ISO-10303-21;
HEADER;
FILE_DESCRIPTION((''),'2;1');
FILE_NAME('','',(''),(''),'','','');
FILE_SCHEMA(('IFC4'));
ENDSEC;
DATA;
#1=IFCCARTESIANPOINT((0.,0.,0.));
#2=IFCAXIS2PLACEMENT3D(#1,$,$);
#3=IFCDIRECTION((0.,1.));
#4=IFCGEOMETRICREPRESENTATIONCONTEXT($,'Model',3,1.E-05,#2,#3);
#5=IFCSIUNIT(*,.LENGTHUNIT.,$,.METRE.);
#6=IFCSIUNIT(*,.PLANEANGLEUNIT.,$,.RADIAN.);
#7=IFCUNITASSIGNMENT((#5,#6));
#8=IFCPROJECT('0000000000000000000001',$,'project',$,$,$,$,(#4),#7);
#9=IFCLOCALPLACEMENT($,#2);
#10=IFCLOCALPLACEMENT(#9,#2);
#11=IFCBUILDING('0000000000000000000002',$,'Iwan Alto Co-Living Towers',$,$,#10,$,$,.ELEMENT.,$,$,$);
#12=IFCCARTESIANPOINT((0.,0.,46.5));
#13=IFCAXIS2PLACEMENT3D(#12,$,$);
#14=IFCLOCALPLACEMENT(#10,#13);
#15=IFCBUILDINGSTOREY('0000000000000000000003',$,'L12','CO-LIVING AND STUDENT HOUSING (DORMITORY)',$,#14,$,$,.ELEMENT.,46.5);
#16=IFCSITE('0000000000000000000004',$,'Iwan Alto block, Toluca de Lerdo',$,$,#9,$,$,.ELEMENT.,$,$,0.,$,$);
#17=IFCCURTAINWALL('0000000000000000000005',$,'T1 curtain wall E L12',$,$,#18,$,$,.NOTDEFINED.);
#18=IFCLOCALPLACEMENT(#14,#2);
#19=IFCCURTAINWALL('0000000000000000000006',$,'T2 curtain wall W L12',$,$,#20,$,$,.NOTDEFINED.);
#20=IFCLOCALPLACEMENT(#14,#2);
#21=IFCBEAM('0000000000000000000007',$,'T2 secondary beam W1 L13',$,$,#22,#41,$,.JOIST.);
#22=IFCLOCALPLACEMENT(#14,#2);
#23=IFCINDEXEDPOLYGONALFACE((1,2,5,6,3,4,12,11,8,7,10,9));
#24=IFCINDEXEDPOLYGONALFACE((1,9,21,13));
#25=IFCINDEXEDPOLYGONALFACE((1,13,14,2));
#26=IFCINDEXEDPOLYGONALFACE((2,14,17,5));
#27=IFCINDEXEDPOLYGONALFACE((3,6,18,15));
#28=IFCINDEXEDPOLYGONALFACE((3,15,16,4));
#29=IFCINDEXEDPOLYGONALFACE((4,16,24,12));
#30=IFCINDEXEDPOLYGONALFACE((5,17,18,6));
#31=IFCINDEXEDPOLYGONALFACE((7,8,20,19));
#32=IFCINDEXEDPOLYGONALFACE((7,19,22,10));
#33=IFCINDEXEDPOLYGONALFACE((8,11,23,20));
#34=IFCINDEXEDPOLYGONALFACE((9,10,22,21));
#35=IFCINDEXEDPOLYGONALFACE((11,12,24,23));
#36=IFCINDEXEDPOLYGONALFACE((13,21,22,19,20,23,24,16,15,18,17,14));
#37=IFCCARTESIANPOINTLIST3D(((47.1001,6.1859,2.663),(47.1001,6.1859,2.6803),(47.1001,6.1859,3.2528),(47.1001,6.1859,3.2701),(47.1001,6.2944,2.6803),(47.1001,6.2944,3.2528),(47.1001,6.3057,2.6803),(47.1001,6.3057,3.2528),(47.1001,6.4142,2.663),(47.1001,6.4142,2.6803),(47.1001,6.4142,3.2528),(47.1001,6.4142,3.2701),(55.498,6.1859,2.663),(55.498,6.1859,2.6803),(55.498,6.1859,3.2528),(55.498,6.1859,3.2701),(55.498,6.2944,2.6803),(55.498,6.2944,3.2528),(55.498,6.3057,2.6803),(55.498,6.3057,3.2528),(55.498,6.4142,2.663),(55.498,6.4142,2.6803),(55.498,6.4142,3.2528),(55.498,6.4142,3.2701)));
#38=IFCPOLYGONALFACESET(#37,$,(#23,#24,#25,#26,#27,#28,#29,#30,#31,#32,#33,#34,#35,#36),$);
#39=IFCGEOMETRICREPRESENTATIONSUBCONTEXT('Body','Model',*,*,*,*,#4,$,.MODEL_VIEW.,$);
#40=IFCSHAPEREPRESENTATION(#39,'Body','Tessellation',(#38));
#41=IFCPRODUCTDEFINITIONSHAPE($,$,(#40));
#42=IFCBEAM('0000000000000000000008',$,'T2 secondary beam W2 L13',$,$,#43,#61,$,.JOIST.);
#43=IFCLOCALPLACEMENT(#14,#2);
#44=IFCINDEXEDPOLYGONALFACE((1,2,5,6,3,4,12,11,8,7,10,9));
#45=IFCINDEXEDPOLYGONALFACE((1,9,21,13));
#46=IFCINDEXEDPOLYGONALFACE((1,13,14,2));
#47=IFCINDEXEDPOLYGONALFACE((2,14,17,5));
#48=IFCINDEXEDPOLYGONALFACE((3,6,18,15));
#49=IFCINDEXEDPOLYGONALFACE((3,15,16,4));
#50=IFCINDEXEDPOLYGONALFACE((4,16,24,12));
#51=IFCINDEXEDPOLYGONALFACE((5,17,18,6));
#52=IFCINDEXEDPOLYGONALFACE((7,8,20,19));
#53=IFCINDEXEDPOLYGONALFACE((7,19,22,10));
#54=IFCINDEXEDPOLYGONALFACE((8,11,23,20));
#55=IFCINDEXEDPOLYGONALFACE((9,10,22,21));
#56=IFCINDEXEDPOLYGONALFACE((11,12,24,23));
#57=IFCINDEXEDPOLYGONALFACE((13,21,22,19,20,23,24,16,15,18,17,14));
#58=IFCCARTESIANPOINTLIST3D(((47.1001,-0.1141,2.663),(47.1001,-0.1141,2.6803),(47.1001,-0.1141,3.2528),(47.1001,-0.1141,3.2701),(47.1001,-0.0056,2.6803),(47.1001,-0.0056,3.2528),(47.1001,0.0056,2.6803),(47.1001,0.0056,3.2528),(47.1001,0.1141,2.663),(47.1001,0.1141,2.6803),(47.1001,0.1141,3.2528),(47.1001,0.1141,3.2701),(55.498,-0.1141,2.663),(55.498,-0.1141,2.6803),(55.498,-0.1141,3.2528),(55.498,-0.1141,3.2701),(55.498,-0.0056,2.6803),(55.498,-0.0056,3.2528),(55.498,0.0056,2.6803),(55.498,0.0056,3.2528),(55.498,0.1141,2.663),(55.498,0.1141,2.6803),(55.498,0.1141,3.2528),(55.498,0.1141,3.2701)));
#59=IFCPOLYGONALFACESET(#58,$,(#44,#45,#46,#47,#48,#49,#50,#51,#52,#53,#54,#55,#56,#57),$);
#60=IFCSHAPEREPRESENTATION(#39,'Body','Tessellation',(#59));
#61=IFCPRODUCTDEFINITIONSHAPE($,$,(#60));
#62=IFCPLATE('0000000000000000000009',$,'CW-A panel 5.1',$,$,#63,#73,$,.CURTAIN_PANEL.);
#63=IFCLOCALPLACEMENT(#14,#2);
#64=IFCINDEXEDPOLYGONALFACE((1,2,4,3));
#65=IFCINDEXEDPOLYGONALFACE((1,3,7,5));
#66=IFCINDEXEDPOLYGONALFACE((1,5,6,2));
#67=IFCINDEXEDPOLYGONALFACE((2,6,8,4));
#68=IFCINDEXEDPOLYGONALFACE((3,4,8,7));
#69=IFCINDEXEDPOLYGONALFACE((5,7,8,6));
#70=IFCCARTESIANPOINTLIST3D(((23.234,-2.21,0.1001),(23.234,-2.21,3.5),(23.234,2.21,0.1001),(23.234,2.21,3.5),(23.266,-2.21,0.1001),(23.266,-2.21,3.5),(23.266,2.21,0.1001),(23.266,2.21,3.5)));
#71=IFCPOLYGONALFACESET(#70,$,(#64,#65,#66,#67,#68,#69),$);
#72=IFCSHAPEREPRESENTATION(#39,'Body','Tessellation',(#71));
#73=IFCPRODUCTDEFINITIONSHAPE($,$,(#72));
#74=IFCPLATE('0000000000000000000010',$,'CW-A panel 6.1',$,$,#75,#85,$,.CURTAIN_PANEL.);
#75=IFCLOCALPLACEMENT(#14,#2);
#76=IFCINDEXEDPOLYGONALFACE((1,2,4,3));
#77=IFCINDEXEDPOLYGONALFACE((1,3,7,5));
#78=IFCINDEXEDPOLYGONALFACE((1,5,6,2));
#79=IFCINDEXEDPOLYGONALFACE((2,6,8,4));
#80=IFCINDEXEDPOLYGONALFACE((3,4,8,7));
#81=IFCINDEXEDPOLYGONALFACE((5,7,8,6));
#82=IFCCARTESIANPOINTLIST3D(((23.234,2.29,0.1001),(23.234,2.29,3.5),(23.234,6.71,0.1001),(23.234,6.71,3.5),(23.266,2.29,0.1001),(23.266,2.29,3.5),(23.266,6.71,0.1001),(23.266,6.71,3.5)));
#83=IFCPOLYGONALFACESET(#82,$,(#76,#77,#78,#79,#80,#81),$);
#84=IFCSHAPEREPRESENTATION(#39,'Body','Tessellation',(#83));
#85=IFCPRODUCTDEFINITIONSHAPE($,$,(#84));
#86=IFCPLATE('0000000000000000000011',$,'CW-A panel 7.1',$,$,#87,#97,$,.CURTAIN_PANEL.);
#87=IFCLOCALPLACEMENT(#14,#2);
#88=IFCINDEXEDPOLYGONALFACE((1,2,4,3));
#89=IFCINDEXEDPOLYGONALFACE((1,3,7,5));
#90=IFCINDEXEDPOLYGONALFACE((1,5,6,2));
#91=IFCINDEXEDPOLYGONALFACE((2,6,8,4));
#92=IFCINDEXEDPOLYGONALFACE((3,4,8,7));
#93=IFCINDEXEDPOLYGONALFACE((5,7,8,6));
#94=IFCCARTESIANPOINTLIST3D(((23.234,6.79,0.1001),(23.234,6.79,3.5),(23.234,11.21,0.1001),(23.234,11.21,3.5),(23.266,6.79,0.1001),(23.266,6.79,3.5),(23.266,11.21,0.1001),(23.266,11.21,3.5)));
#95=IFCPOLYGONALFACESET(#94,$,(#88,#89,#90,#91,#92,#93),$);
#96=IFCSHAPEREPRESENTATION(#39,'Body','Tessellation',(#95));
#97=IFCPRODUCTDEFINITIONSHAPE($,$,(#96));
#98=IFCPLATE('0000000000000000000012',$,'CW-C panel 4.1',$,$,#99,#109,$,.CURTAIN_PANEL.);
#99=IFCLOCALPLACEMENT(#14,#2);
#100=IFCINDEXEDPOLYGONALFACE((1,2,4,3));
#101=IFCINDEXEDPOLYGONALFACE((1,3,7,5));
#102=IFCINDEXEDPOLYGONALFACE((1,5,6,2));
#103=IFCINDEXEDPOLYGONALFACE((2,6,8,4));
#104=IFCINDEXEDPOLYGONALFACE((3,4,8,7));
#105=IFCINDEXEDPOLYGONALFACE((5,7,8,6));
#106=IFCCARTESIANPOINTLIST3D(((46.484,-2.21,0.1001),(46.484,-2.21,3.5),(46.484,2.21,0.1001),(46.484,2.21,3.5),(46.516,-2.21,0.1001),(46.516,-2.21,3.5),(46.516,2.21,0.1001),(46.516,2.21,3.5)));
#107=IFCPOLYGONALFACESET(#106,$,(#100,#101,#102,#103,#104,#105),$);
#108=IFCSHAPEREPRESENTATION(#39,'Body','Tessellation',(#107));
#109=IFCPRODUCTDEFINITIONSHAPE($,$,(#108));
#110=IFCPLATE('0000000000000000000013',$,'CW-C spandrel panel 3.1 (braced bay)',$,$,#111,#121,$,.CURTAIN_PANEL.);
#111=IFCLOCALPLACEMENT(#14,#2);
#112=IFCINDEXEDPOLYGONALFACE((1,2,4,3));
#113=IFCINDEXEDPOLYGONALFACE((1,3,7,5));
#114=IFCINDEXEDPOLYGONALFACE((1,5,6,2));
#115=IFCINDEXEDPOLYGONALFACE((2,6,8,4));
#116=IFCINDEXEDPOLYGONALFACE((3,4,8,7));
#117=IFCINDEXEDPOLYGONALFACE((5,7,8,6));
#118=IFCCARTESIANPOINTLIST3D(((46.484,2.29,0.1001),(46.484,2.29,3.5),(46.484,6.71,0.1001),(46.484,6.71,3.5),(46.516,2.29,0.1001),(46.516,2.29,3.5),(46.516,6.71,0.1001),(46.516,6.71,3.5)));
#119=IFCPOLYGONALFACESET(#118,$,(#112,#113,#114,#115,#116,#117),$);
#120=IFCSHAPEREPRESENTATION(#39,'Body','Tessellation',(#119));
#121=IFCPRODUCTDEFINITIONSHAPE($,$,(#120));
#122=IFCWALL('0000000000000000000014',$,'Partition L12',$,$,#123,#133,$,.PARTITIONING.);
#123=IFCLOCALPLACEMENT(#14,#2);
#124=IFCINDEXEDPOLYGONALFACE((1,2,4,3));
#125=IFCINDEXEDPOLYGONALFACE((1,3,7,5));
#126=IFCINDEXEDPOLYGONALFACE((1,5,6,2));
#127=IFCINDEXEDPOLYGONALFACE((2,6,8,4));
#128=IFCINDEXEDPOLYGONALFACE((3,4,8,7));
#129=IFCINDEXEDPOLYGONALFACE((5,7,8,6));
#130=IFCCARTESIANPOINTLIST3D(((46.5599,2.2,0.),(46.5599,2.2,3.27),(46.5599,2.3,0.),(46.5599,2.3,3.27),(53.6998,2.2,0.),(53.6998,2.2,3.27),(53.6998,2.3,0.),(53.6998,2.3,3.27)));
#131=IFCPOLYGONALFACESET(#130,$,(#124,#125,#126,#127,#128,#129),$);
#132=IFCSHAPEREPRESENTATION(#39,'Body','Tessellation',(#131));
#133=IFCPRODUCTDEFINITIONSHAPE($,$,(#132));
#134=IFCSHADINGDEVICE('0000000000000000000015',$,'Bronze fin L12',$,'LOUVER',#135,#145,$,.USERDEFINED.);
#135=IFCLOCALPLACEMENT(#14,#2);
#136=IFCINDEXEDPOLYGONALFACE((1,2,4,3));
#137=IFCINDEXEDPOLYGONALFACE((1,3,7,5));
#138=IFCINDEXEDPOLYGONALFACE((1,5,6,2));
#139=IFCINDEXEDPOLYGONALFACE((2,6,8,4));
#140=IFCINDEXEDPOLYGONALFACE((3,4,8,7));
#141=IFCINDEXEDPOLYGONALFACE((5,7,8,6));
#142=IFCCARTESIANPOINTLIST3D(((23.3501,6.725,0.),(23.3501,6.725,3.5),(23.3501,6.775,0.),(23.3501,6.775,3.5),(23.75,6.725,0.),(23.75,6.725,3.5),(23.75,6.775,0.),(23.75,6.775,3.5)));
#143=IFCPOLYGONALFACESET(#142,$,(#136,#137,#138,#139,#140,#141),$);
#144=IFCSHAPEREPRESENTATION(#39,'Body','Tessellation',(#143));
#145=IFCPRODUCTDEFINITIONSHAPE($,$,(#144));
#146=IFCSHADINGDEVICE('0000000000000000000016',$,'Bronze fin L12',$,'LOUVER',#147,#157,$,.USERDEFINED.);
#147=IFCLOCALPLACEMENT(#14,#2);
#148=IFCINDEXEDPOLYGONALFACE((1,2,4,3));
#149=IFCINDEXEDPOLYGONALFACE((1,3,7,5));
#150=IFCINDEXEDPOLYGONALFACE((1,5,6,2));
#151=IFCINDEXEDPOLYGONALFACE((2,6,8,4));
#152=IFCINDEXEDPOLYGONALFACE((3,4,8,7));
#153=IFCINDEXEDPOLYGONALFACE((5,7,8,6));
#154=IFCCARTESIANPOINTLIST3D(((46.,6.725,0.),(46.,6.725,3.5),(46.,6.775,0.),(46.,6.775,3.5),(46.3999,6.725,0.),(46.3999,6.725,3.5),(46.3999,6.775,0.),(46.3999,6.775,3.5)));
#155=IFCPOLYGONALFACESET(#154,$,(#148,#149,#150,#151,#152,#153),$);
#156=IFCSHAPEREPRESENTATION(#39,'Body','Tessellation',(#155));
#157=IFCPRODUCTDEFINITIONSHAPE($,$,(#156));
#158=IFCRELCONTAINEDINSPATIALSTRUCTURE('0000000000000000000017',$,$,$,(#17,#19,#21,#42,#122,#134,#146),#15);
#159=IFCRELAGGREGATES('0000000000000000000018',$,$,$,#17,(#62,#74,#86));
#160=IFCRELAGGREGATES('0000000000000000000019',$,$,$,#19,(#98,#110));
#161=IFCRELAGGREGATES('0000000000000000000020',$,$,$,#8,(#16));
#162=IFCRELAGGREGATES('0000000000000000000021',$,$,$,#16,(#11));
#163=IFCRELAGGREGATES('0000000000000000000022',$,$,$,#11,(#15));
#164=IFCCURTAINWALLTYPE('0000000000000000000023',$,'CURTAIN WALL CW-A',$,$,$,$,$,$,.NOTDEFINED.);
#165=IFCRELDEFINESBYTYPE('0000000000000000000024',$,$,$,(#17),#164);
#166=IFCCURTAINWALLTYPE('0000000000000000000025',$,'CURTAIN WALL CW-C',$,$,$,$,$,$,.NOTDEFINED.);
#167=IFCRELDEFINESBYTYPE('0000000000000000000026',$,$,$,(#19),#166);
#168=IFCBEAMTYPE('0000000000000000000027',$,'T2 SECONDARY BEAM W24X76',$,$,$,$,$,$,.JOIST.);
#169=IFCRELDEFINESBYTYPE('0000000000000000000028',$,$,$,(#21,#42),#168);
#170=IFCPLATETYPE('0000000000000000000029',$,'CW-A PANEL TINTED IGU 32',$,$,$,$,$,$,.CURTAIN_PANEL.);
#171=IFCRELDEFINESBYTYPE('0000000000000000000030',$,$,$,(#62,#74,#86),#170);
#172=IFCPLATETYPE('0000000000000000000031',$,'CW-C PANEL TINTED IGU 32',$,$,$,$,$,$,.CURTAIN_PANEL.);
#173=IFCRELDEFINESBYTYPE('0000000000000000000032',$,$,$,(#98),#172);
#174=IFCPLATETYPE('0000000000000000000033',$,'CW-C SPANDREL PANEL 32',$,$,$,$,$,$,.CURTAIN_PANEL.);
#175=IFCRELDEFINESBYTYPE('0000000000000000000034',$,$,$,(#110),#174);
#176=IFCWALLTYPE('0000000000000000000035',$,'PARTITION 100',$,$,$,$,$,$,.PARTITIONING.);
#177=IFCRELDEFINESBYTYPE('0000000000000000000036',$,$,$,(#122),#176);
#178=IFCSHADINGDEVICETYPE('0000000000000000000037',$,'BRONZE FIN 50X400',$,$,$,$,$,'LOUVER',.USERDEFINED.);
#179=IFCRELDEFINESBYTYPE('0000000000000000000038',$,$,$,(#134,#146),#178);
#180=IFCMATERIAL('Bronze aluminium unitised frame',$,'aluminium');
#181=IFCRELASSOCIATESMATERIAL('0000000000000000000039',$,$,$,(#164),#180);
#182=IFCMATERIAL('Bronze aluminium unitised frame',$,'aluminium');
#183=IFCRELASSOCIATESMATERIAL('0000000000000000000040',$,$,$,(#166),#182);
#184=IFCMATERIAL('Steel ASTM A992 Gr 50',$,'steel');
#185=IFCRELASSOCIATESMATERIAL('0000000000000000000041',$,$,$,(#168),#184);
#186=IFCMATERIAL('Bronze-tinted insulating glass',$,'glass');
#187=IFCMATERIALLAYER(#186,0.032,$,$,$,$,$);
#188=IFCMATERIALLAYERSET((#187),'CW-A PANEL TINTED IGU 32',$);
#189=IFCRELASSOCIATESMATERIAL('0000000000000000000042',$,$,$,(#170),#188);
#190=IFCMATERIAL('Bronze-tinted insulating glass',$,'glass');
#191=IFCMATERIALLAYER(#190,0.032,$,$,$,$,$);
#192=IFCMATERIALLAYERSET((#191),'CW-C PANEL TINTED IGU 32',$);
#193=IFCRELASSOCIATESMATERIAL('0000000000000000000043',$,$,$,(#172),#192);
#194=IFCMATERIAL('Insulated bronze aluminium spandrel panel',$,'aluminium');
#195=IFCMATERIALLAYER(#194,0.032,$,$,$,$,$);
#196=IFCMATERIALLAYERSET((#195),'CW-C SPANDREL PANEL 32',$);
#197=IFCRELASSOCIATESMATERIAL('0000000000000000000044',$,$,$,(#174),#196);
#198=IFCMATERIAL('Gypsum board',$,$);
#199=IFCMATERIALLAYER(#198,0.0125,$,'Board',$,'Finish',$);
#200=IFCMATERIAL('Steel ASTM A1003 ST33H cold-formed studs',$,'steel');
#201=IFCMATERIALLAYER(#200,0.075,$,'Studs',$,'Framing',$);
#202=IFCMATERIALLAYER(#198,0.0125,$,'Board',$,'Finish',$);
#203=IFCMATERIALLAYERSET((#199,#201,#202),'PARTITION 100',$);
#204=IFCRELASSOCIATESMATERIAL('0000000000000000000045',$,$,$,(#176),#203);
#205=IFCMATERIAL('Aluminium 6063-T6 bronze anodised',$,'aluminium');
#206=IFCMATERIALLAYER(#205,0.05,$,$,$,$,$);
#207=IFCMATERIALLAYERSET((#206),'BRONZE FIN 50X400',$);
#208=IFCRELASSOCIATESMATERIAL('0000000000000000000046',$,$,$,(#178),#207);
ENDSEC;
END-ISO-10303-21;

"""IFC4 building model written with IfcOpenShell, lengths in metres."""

from ifc_helpers import new_model, si_unit, direction, frame, frame_2d, origin, origin_2d, place, context, subcontext, project, spatial, rectangle, i_section, extrude, material, layer, layer_set, material_profile, profile_set, type_object, element, aggregate, save


model = new_model("IFC4")

# Units and contexts
model_context = context("Model", 3, precision=1e-05, world=origin(), true_north=direction((0.0, 1.0)))
body_context = subcontext(model_context, "Body", "Model", "MODEL_VIEW")
ifc_project = project(units=[si_unit("LENGTHUNIT", "METRE"), si_unit("PLANEANGLEUNIT", "RADIAN")], contexts=[model_context])

# Site, building, storey
site_placement = place(None, origin())
site = spatial("IfcSite", under=ifc_project, at=site_placement, Name="Iwan Alto block, Toluca de Lerdo", CompositionType="ELEMENT", RefElevation=0.0)
building_placement = place(site_placement, origin())
building = spatial("IfcBuilding", under=site, at=building_placement, Name="Iwan Alto Co-Living Towers", CompositionType="ELEMENT")
storey_placement = place(building_placement, frame((0.0, 0.0, 46.5)))
storey = spatial("IfcBuildingStorey", under=building, at=storey_placement, Name="L12", Description="CO-LIVING AND STUDENT HOUSING (DORMITORY)", CompositionType="ELEMENT", Elevation=46.5)

# Curtain walls
ifc_material_1 = material(Name="Bronze aluminium unitised frame", Category="aluminium")
curtain_wall_type_1 = type_object("IfcCurtainWallType", Name="CURTAIN WALL CW-A", PredefinedType="NOTDEFINED", material=ifc_material_1)
curtain_wall_1_placement = place(storey_placement, origin())
curtain_wall_1 = element("IfcCurtainWall", 1, at=curtain_wall_1_placement, inside=storey, type_object=curtain_wall_type_1, Name="T1 curtain wall E L12", PredefinedType="NOTDEFINED")
ifc_material_2 = material(Name="Bronze aluminium unitised frame", Category="aluminium")
curtain_wall_type_2 = type_object("IfcCurtainWallType", Name="CURTAIN WALL CW-C", PredefinedType="NOTDEFINED", material=ifc_material_2)
curtain_wall_2_placement = place(storey_placement, origin())
curtain_wall_2 = element("IfcCurtainWall", 2, at=curtain_wall_2_placement, inside=storey, type_object=curtain_wall_type_2, Name="T2 curtain wall W L12", PredefinedType="NOTDEFINED")

# Beams
ifc_material_3 = material(Name="Steel ASTM A992 Gr 50", Category="steel")
ifc_material_profile_1 = material_profile(ifc_material_3, i_section(OverallWidth=0.2283, OverallDepth=0.6072, WebThickness=0.0112, FlangeThickness=0.0173, at=origin_2d()), Name="W24X76")
ifc_profile_set_1 = profile_set([ifc_material_profile_1], Name="Steel ASTM A992 Gr 50")
beam_type_1 = type_object("IfcBeamType", Name="T2 SECONDARY BEAM W24X76", PredefinedType="JOIST", material=ifc_profile_set_1)
for number, where, z_axis, x_axis, name in (
    (3, (47.1001, 6.3, 2.9666), (1.0, 0.0, 0.0), (0.0, 1.0, 0.0), "T2 secondary beam W1 L13"),
    (4, (47.1001, 0.0, 2.9666), (1.0, 0.0, 0.0), (0.0, 1.0, 0.0), "T2 secondary beam W2 L13"),
):
    element("IfcBeam", number, at=place(storey_placement, frame(where, z_axis=z_axis, x_axis=x_axis)), inside=storey, type_object=beam_type_1, Name=name, PredefinedType="JOIST", context=body_context, shape_type="SweptSolid", body=[
        extrude(i_section(OverallWidth=0.2283, OverallDepth=0.6072, WebThickness=0.0112, FlangeThickness=0.0173, at=origin_2d()), origin(), (0.0, 0.0, 1.0), 8.3979),
    ])

# Plates
ifc_material_4 = material(Name="Bronze-tinted insulating glass", Category="glass")
ifc_layer_1 = layer(ifc_material_4, 0.032)
ifc_layer_set_1 = layer_set([ifc_layer_1], Name="CW-A PANEL TINTED IGU 32")
plate_type_1 = type_object("IfcPlateType", Name="CW-A PANEL TINTED IGU 32", PredefinedType="CURTAIN_PANEL", material=ifc_layer_set_1)
plate_1_placement = place(storey_placement, frame((23.25, 0.0, 0.1001), z_axis=(0.0, 0.0, 1.0), x_axis=(0.0, 1.0, 0.0)))
plate_1 = element("IfcPlate", 5, at=plate_1_placement, type_object=plate_type_1, Name="CW-A panel 5.1", PredefinedType="CURTAIN_PANEL", context=body_context, shape_type="SweptSolid", body=[
    extrude(rectangle(XDim=4.4199, YDim=0.032, at=origin_2d()), origin(), (0.0, 0.0, 1.0), 3.3999),
])
plate_2_placement = place(storey_placement, frame((23.25, 4.5, 0.1001), z_axis=(0.0, 0.0, 1.0), x_axis=(0.0, 1.0, 0.0)))
plate_2 = element("IfcPlate", 6, at=plate_2_placement, type_object=plate_type_1, Name="CW-A panel 6.1", PredefinedType="CURTAIN_PANEL", context=body_context, shape_type="SweptSolid", body=[
    extrude(rectangle(XDim=4.4199, YDim=0.032, at=origin_2d()), origin(), (0.0, 0.0, 1.0), 3.3999),
])
plate_3_placement = place(storey_placement, frame((23.25, 9.0, 0.1001), z_axis=(0.0, 0.0, 1.0), x_axis=(0.0, 1.0, 0.0)))
plate_3 = element("IfcPlate", 7, at=plate_3_placement, type_object=plate_type_1, Name="CW-A panel 7.1", PredefinedType="CURTAIN_PANEL", context=body_context, shape_type="SweptSolid", body=[
    extrude(rectangle(XDim=4.4199, YDim=0.032, at=origin_2d()), origin(), (0.0, 0.0, 1.0), 3.3999),
])
aggregate(curtain_wall_1, [plate_1, plate_2, plate_3])
ifc_material_5 = material(Name="Bronze-tinted insulating glass", Category="glass")
ifc_layer_2 = layer(ifc_material_5, 0.032)
ifc_layer_set_2 = layer_set([ifc_layer_2], Name="CW-C PANEL TINTED IGU 32")
plate_type_2 = type_object("IfcPlateType", Name="CW-C PANEL TINTED IGU 32", PredefinedType="CURTAIN_PANEL", material=ifc_layer_set_2)
plate_4_placement = place(storey_placement, frame((46.5, 0.0, 0.1001), z_axis=(0.0, 0.0, 1.0), x_axis=(0.0, -1.0, 0.0)))
plate_4 = element("IfcPlate", 8, at=plate_4_placement, type_object=plate_type_2, Name="CW-C panel 4.1", PredefinedType="CURTAIN_PANEL", context=body_context, shape_type="SweptSolid", body=[
    extrude(rectangle(XDim=4.4199, YDim=0.032, at=origin_2d()), origin(), (0.0, 0.0, 1.0), 3.3999),
])
ifc_material_6 = material(Name="Insulated bronze aluminium spandrel panel", Category="aluminium")
ifc_layer_3 = layer(ifc_material_6, 0.032)
ifc_layer_set_3 = layer_set([ifc_layer_3], Name="CW-C SPANDREL PANEL 32")
plate_type_3 = type_object("IfcPlateType", Name="CW-C SPANDREL PANEL 32", PredefinedType="CURTAIN_PANEL", material=ifc_layer_set_3)
plate_5_placement = place(storey_placement, frame((46.5, 4.5, 0.1001), z_axis=(0.0, 0.0, 1.0), x_axis=(0.0, -1.0, 0.0)))
plate_5 = element("IfcPlate", 9, at=plate_5_placement, type_object=plate_type_3, Name="CW-C spandrel panel 3.1 (braced bay)", PredefinedType="CURTAIN_PANEL", context=body_context, shape_type="SweptSolid", body=[
    extrude(rectangle(XDim=4.4199, YDim=0.032, at=origin_2d()), origin(), (0.0, 0.0, 1.0), 3.3999),
])
aggregate(curtain_wall_2, [plate_4, plate_5])

# Wall
ifc_material_7 = material(Name="Gypsum board")
ifc_layer_4 = layer(ifc_material_7, 0.0125, Name="Board", Category="Finish")
ifc_material_8 = material(Name="Steel ASTM A1003 ST33H cold-formed studs", Category="steel")
ifc_layer_5 = layer(ifc_material_8, 0.075, Name="Studs", Category="Framing")
ifc_layer_6 = layer(ifc_material_7, 0.0125, Name="Board", Category="Finish")
ifc_layer_set_4 = layer_set([ifc_layer_4, ifc_layer_5, ifc_layer_6], Name="PARTITION 100")
wall_type = type_object("IfcWallType", Name="PARTITION 100", PredefinedType="PARTITIONING", material=ifc_layer_set_4)
wall_placement = place(storey_placement, frame((46.5601, 2.25, 0.0), z_axis=(0.0, 0.0, 1.0), x_axis=(1.0, 0.0, 0.0)))
element("IfcWall", 10, at=wall_placement, inside=storey, type_object=wall_type, Name="Partition L12", PredefinedType="PARTITIONING", context=body_context, shape_type="SweptSolid", body=[
    extrude(rectangle(XDim=7.1399, YDim=0.1001, at=frame_2d((3.5698, 0.0))), origin(), (0.0, 0.0, 1.0), 3.27),
])

# Shading devices
ifc_material_9 = material(Name="Aluminium 6063-T6 bronze anodised", Category="aluminium")
ifc_layer_7 = layer(ifc_material_9, 0.05)
ifc_layer_set_5 = layer_set([ifc_layer_7], Name="BRONZE FIN 50X400")
shading_device_type = type_object("IfcShadingDeviceType", Name="BRONZE FIN 50X400", ElementType="LOUVER", PredefinedType="USERDEFINED", material=ifc_layer_set_5)
for number, where, z_axis, x_axis, name in (
    (11, (23.55, 6.75, 0.0), (0.0, 0.0, 1.0), (0.0, 1.0, 0.0), "Bronze fin L12"),
    (12, (46.2, 6.75, 0.0), (0.0, 0.0, 1.0), (0.0, -1.0, 0.0), "Bronze fin L12"),
):
    element("IfcShadingDevice", number, at=place(storey_placement, frame(where, z_axis=z_axis, x_axis=x_axis)), inside=storey, type_object=shading_device_type, Name=name, ObjectType="LOUVER", PredefinedType="USERDEFINED", context=body_context, shape_type="SweptSolid", body=[
        extrude(rectangle(XDim=0.05, YDim=0.3999, at=origin_2d()), origin(), (0.0, 0.0, 1.0), 3.5),
    ])

save(model, "model.ifc")
